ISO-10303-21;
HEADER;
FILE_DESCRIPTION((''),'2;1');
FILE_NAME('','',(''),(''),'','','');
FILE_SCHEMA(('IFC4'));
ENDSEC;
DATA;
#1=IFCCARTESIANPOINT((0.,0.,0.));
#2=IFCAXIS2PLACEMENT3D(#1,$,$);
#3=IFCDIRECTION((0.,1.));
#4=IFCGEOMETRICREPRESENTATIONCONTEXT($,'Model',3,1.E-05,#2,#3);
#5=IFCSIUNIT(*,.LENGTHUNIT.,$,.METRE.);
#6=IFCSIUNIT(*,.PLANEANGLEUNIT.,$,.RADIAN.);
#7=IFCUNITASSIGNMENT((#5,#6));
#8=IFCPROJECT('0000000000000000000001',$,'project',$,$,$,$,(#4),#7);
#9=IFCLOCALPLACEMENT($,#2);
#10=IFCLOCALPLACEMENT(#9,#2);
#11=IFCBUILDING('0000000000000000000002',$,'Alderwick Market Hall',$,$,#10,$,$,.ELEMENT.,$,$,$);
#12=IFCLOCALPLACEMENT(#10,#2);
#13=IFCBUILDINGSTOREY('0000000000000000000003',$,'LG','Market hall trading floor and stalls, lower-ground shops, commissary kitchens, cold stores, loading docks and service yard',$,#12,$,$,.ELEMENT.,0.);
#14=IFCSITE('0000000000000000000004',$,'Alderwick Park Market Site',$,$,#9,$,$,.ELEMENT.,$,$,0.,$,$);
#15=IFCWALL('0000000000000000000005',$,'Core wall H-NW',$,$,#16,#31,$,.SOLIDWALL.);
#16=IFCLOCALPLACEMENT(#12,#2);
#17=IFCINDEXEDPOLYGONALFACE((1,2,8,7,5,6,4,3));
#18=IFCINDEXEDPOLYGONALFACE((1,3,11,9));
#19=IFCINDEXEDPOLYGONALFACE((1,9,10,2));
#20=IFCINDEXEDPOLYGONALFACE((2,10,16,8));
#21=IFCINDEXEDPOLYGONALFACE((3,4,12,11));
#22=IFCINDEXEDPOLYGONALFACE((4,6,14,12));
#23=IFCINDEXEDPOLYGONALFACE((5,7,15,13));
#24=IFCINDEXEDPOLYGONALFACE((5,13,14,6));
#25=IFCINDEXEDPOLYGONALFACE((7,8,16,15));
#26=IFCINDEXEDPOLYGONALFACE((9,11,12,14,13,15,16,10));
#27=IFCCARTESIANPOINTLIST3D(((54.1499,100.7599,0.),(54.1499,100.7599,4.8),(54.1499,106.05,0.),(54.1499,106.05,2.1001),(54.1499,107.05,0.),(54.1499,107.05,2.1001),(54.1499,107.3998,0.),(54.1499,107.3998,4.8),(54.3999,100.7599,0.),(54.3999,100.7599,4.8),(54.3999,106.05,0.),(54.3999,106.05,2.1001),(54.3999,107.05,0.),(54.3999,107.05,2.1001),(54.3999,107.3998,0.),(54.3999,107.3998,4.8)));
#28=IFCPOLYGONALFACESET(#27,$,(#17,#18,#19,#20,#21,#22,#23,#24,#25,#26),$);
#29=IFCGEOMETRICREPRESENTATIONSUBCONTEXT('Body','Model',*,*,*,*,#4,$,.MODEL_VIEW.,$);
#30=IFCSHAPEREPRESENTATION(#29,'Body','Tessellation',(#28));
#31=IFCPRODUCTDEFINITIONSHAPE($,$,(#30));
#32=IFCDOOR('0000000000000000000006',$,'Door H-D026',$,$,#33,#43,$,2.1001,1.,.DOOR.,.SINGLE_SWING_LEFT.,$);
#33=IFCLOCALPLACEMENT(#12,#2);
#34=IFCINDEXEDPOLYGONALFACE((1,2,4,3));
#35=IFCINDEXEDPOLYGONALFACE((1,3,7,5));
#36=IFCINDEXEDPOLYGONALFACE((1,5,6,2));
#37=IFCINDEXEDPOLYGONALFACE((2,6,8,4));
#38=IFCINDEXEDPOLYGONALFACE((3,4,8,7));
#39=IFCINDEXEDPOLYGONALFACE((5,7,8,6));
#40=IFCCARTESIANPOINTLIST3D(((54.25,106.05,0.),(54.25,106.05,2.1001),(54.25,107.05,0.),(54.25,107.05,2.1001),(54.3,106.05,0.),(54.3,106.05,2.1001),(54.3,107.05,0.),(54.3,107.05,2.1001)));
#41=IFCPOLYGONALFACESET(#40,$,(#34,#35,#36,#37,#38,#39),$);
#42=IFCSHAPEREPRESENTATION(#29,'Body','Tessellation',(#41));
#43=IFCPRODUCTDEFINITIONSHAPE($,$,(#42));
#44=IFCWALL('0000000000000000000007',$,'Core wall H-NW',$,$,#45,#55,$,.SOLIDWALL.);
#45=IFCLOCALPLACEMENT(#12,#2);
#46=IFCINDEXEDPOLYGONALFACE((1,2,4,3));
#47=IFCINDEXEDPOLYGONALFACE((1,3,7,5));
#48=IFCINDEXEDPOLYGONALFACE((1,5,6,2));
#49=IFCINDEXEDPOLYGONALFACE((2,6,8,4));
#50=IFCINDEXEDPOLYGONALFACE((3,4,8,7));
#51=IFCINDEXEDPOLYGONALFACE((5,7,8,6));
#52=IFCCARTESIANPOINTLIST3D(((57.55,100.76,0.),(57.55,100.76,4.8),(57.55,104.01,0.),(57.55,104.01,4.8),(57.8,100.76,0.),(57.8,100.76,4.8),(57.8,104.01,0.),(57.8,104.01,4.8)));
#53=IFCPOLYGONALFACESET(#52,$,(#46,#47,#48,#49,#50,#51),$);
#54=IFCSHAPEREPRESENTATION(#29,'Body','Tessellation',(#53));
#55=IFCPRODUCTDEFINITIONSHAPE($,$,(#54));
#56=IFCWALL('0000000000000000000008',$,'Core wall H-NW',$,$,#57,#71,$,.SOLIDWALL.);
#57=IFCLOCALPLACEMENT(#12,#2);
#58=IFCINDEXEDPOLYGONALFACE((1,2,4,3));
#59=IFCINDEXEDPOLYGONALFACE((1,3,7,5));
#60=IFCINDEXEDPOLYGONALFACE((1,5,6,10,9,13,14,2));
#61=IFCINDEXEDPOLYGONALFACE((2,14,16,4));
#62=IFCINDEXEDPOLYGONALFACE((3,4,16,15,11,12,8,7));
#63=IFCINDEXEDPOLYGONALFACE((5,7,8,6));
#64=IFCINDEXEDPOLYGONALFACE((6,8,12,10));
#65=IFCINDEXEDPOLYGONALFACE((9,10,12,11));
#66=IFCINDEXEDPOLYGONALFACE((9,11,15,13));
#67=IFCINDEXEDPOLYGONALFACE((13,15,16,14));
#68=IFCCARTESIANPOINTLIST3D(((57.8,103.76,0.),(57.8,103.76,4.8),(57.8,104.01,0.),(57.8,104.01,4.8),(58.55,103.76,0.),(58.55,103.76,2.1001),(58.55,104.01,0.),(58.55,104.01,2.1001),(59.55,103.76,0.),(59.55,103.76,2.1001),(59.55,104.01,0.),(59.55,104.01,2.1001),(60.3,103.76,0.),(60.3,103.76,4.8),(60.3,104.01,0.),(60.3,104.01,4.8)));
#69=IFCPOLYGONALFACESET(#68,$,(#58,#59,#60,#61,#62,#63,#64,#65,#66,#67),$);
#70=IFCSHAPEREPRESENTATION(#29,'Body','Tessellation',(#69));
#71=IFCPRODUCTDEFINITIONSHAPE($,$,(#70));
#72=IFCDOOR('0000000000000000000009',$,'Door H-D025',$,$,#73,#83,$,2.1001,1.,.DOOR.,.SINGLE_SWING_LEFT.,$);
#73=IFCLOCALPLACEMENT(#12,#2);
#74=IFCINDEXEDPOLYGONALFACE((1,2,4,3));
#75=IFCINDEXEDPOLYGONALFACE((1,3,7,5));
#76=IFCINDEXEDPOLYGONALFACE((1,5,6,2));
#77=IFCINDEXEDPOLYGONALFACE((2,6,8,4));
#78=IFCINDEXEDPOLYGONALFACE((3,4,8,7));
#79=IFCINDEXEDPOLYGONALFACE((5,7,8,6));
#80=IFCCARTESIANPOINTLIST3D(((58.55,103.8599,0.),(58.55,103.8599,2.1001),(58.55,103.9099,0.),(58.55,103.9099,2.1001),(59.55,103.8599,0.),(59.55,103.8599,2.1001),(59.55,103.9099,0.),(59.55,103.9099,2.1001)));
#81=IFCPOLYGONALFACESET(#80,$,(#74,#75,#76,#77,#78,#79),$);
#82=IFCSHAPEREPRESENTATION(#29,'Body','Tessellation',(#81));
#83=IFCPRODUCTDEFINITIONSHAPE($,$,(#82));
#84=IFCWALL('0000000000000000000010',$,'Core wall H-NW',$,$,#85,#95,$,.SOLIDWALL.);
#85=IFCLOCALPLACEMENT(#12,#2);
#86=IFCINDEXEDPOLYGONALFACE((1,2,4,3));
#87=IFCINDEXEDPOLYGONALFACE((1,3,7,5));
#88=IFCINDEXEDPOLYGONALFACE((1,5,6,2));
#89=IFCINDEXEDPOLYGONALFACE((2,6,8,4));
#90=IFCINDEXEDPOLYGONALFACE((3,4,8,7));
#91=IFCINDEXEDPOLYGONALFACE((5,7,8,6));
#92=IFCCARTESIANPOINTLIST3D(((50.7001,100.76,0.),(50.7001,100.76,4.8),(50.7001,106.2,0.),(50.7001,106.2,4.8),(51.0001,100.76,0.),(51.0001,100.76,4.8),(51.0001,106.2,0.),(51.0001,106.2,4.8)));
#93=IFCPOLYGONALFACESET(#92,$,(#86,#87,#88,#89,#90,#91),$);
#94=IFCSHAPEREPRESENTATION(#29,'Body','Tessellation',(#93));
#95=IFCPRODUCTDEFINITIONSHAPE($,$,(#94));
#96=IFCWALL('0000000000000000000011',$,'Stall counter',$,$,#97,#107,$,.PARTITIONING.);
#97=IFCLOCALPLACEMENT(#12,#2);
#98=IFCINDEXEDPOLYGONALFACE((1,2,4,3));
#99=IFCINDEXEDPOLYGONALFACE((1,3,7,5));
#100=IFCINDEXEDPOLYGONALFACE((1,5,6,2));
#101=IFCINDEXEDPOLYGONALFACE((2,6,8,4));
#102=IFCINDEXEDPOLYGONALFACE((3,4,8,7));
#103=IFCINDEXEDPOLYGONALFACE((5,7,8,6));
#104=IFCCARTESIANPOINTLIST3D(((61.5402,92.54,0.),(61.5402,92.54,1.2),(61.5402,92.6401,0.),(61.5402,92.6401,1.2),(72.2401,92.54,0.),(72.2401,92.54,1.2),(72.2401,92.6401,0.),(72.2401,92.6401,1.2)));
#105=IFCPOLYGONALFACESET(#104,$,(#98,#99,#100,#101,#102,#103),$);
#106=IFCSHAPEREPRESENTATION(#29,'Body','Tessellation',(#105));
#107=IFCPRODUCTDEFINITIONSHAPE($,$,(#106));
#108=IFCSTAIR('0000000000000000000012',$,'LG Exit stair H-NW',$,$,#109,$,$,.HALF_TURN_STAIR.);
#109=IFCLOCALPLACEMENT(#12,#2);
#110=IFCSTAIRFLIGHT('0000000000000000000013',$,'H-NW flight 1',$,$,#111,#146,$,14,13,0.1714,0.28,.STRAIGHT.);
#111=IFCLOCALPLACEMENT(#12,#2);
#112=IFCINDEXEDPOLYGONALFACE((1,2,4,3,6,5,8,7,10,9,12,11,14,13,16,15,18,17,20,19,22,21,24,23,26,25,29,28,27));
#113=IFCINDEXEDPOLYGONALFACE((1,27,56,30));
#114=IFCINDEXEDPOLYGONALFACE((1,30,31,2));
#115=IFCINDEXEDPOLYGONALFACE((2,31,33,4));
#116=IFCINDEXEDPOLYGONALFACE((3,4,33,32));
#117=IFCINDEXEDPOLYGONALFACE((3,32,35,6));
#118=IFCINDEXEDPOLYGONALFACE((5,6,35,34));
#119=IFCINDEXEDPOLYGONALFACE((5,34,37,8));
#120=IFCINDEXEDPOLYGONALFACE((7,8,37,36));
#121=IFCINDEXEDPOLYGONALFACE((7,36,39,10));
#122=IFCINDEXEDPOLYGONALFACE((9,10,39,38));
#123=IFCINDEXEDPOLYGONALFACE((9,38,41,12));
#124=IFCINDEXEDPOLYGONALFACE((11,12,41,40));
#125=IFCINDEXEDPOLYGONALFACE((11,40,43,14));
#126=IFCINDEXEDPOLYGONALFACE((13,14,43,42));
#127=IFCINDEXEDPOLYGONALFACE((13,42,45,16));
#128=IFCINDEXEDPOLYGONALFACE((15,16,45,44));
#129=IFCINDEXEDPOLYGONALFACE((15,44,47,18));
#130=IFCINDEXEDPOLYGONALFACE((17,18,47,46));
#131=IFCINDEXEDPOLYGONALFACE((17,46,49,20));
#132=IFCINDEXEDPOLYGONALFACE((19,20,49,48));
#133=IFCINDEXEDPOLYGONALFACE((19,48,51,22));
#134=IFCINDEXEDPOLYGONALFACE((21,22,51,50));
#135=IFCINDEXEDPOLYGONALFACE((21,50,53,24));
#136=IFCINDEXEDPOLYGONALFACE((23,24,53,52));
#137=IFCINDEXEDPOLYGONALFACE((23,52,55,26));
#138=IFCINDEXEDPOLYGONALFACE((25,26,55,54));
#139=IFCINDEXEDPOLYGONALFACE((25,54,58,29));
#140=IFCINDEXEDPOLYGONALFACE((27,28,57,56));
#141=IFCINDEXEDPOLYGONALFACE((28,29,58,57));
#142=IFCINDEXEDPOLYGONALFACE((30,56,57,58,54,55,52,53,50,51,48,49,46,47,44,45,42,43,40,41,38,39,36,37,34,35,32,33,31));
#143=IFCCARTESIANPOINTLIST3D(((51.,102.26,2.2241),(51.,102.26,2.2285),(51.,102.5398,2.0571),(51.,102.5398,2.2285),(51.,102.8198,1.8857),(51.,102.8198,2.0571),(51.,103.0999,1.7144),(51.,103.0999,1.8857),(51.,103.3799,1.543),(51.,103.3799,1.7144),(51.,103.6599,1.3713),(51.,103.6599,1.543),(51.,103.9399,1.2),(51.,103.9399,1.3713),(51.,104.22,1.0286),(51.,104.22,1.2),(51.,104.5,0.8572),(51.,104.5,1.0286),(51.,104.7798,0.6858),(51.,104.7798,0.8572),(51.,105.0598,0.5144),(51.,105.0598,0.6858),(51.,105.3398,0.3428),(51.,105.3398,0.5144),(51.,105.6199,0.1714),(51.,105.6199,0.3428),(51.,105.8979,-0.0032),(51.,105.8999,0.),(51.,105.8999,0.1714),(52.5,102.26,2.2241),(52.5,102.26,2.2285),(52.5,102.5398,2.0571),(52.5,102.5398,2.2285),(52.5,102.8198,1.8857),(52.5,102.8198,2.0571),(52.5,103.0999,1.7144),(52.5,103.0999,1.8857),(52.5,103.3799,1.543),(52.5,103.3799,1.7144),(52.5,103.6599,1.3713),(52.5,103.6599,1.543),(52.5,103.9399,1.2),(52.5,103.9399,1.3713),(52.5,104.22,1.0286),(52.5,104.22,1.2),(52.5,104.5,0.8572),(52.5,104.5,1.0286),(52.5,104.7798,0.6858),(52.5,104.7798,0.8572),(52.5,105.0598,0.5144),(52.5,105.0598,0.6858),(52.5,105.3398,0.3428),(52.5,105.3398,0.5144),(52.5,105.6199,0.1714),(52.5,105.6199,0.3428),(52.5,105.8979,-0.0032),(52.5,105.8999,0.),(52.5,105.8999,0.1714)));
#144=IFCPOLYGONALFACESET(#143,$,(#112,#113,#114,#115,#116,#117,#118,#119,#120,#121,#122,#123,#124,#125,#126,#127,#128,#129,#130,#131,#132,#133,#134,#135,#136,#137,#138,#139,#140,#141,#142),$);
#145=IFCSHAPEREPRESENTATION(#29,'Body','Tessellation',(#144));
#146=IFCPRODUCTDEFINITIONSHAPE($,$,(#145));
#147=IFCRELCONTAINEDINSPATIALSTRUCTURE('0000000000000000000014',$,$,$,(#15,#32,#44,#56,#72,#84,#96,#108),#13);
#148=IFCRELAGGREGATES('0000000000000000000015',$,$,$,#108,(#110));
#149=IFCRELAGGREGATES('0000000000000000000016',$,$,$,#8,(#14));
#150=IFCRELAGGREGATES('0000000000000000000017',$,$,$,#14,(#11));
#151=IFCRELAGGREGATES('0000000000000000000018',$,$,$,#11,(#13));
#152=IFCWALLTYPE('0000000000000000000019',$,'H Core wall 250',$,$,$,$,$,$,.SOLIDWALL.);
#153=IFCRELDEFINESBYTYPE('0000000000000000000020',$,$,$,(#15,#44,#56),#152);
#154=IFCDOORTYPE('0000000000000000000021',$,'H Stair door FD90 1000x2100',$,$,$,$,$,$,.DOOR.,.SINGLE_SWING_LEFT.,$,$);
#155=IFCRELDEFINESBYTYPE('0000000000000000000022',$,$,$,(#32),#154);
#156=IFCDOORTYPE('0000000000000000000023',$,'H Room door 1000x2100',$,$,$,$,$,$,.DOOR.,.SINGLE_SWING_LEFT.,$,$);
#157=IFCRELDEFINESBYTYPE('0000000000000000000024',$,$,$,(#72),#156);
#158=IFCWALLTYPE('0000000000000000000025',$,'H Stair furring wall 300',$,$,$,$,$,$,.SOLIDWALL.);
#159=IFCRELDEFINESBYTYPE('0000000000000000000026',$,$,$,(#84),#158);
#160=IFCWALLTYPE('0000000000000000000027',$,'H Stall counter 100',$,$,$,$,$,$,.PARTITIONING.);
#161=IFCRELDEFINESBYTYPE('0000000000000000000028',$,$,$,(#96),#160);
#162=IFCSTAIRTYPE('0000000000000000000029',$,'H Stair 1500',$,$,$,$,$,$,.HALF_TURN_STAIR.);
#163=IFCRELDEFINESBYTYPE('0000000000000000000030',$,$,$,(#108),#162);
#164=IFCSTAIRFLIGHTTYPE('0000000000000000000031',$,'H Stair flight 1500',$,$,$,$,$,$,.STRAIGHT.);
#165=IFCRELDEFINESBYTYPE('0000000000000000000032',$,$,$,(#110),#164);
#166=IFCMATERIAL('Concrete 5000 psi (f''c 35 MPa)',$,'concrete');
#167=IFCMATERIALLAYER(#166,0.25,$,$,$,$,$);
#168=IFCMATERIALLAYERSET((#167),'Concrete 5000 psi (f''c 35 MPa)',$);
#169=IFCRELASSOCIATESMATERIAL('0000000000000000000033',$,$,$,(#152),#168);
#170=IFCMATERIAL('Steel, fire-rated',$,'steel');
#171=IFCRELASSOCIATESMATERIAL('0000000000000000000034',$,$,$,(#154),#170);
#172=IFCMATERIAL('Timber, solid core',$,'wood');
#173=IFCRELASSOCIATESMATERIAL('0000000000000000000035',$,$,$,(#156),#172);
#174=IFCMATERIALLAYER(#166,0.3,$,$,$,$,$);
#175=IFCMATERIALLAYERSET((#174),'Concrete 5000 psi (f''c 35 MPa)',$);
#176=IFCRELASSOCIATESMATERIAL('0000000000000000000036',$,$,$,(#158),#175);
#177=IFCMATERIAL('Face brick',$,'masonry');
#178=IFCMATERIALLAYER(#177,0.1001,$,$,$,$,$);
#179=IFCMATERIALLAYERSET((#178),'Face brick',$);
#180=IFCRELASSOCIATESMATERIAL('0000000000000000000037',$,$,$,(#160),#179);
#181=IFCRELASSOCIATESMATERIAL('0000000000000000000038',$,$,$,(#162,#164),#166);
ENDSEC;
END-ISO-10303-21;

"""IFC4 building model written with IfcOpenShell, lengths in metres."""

from ifc_helpers import new_model, si_unit, direction, frame, frame_2d, origin, place, context, subcontext, project, spatial, polyline, rectangle, outline, extrude, material, layer, layer_set, type_object, element, fill, aggregate, save


model = new_model("IFC4")

# Units and contexts
model_context = context("Model", 3, precision=1e-05, world=origin(), true_north=direction((0.0, 1.0)))
body_context = subcontext(model_context, "Body", "Model", "MODEL_VIEW")
ifc_project = project(units=[si_unit("LENGTHUNIT", "METRE"), si_unit("PLANEANGLEUNIT", "RADIAN")], contexts=[model_context])

# Site, building, storey
site_placement = place(None, origin())
site = spatial("IfcSite", under=ifc_project, at=site_placement, Name="Alderwick Park Market Site", CompositionType="ELEMENT", RefElevation=0.0)
building_placement = place(site_placement, origin())
building = spatial("IfcBuilding", under=site, at=building_placement, Name="Alderwick Market Hall", CompositionType="ELEMENT")
storey_placement = place(building_placement, origin())
storey = spatial("IfcBuildingStorey", under=building, at=storey_placement, Name="LG", Description="Market hall trading floor and stalls, lower-ground shops, commissary kitchens, cold stores, loading docks and service yard", CompositionType="ELEMENT", Elevation=0.0)

# Shared definitions
ifc_material_1 = material(Name="Concrete 5000 psi (f'c 35 MPa)", Category="concrete")

# Wall, opening, door
ifc_layer_1 = layer(ifc_material_1, 0.25)
ifc_layer_set_1 = layer_set([ifc_layer_1], Name="Concrete 5000 psi (f'c 35 MPa)")
wall_type_1 = type_object("IfcWallType", Name="H Core wall 250", PredefinedType="SOLIDWALL", material=ifc_layer_set_1)
ifc_material_2 = material(Name="Steel, fire-rated", Category="steel")
door_type_1 = type_object("IfcDoorType", Name="H Stair door FD90 1000x2100", OperationType="SINGLE_SWING_LEFT", PredefinedType="DOOR", material=ifc_material_2)
wall_1_placement = place(storey_placement, frame((54.2749, 100.76, 0.0), z_axis=(0.0, 0.0, 1.0), x_axis=(0.0, 1.0, 0.0)))
wall_1 = element("IfcWall", 1, at=wall_1_placement, inside=storey, type_object=wall_type_1, Name="Core wall H-NW", PredefinedType="SOLIDWALL", context=body_context, shape_type="SweptSolid", body=[
    extrude(rectangle(XDim=6.6399, YDim=0.25, at=frame_2d((3.3198, 0.0))), origin(), (0.0, 0.0, 1.0), 4.8),
])
opening_1_placement = place(wall_1_placement, frame((5.29, 0.0, 0.0)))
opening_1 = element("IfcOpeningElement", 2, at=opening_1_placement, cuts=wall_1, PredefinedType="OPENING", context=body_context, shape_type="SweptSolid", body=[
    extrude(rectangle(XDim=1.0, YDim=2.1001, at=frame_2d((0.5, 1.05))), frame((0.0, 0.135, 0.0), z_axis=(0.0, -1.0, 0.0), x_axis=(1.0, 0.0, 0.0)), (0.0, 0.0, 1.0), 0.27),
])
door_1_placement = place(opening_1_placement, origin())
door_1 = element("IfcDoor", 3, at=door_1_placement, inside=storey, type_object=door_type_1, Name="Door H-D026", OperationType="SINGLE_SWING_LEFT", OverallHeight=2.1001, OverallWidth=1.0, PredefinedType="DOOR", context=body_context, shape_type="SweptSolid", body=[
    extrude(rectangle(XDim=1.0, YDim=2.1001, at=frame_2d((0.5, 1.05))), frame((0.0, 0.0249, 0.0), z_axis=(0.0, -1.0, 0.0), x_axis=(1.0, 0.0, 0.0)), (0.0, 0.0, 1.0), 0.05),
])
fill(opening_1, door_1)

# Wall
wall_2_placement = place(storey_placement, frame((57.675, 100.76, 0.0), z_axis=(0.0, 0.0, 1.0), x_axis=(0.0, 1.0, 0.0)))
element("IfcWall", 4, at=wall_2_placement, inside=storey, type_object=wall_type_1, Name="Core wall H-NW", PredefinedType="SOLIDWALL", context=body_context, shape_type="SweptSolid", body=[
    extrude(rectangle(XDim=3.25, YDim=0.25, at=frame_2d((1.625, 0.0))), origin(), (0.0, 0.0, 1.0), 4.8),
])

# Wall, opening, door
wall_3_placement = place(storey_placement, frame((57.8, 103.885, 0.0), z_axis=(0.0, 0.0, 1.0), x_axis=(1.0, 0.0, 0.0)))
wall_3 = element("IfcWall", 5, at=wall_3_placement, inside=storey, type_object=wall_type_1, Name="Core wall H-NW", PredefinedType="SOLIDWALL", context=body_context, shape_type="SweptSolid", body=[
    extrude(rectangle(XDim=2.5, YDim=0.25, at=frame_2d((1.25, 0.0))), origin(), (0.0, 0.0, 1.0), 4.8),
])
opening_2_placement = place(wall_3_placement, frame((0.75, 0.0, 0.0)))
opening_2 = element("IfcOpeningElement", 6, at=opening_2_placement, cuts=wall_3, PredefinedType="OPENING", context=body_context, shape_type="SweptSolid", body=[
    extrude(rectangle(XDim=1.0, YDim=2.1001, at=frame_2d((0.5, 1.05))), frame((0.0, 0.135, 0.0), z_axis=(0.0, -1.0, 0.0), x_axis=(1.0, 0.0, 0.0)), (0.0, 0.0, 1.0), 0.27),
])
ifc_material_3 = material(Name="Timber, solid core", Category="wood")
door_type_2 = type_object("IfcDoorType", Name="H Room door 1000x2100", OperationType="SINGLE_SWING_LEFT", PredefinedType="DOOR", material=ifc_material_3)
door_2_placement = place(opening_2_placement, origin())
door_2 = element("IfcDoor", 7, at=door_2_placement, inside=storey, type_object=door_type_2, Name="Door H-D025", OperationType="SINGLE_SWING_LEFT", OverallHeight=2.1001, OverallWidth=1.0, PredefinedType="DOOR", context=body_context, shape_type="SweptSolid", body=[
    extrude(rectangle(XDim=1.0, YDim=2.1001, at=frame_2d((0.5, 1.05))), frame((0.0, 0.0249, 0.0), z_axis=(0.0, -1.0, 0.0), x_axis=(1.0, 0.0, 0.0)), (0.0, 0.0, 1.0), 0.05),
])
fill(opening_2, door_2)

# Walls
ifc_layer_2 = layer(ifc_material_1, 0.3)
ifc_layer_set_2 = layer_set([ifc_layer_2], Name="Concrete 5000 psi (f'c 35 MPa)")
wall_type_2 = type_object("IfcWallType", Name="H Stair furring wall 300", PredefinedType="SOLIDWALL", material=ifc_layer_set_2)
wall_4_placement = place(storey_placement, frame((50.8501, 100.76, 0.0), z_axis=(0.0, 0.0, 1.0), x_axis=(0.0, 1.0, 0.0)))
element("IfcWall", 8, at=wall_4_placement, inside=storey, type_object=wall_type_2, Name="Core wall H-NW", PredefinedType="SOLIDWALL", context=body_context, shape_type="SweptSolid", body=[
    extrude(rectangle(XDim=5.4399, YDim=0.3, at=frame_2d((2.72, 0.0))), origin(), (0.0, 0.0, 1.0), 4.8),
])
ifc_material_4 = material(Name="Face brick", Category="masonry")
ifc_layer_3 = layer(ifc_material_4, 0.1001)
ifc_layer_set_3 = layer_set([ifc_layer_3], Name="Face brick")
wall_type_3 = type_object("IfcWallType", Name="H Stall counter 100", PredefinedType="PARTITIONING", material=ifc_layer_set_3)
wall_5_placement = place(storey_placement, frame((61.54, 92.5901, 0.0), z_axis=(0.0, 0.0, 1.0), x_axis=(1.0, 0.0, 0.0)))
element("IfcWall", 9, at=wall_5_placement, inside=storey, type_object=wall_type_3, Name="Stall counter", PredefinedType="PARTITIONING", context=body_context, shape_type="SweptSolid", body=[
    extrude(rectangle(XDim=10.7, YDim=0.1001, at=frame_2d((5.3501, 0.0))), origin(), (0.0, 0.0, 1.0), 1.2),
])

# Stair, stair flight
stair_type = type_object("IfcStairType", Name="H Stair 1500", PredefinedType="HALF_TURN_STAIR", material=ifc_material_1)
stair_placement = place(storey_placement, origin())
stair = element("IfcStair", 10, at=stair_placement, inside=storey, type_object=stair_type, Name="LG Exit stair H-NW", PredefinedType="HALF_TURN_STAIR")
stair_flight_type = type_object("IfcStairFlightType", Name="H Stair flight 1500", PredefinedType="STRAIGHT", material=ifc_material_1)
stair_flight_1_placement = place(storey_placement, frame((51.75, 105.8999, 0.0), z_axis=(0.0, 0.0, 1.0), x_axis=(0.0, -1.0, 0.0)))
stair_flight_1 = element("IfcStairFlight", 11, at=stair_flight_1_placement, type_object=stair_flight_type, Name="H-NW flight 1", NumberOfRisers=14, NumberOfTreads=13, PredefinedType="STRAIGHT", RiserHeight=0.1714, TreadLength=0.28, context=body_context, shape_type="SweptSolid", body=[
    extrude(outline(polyline([(0.002, -0.0032), (0.0, 0.0), (0.0, 0.1714), (0.28, 0.1714), (0.28, 0.3428), (0.5601, 0.3428), (0.5601, 0.5144), (0.8401, 0.5144), (0.8401, 0.6858), (1.1201, 0.6858), (1.1201, 0.8572), (1.3999, 0.8572), (1.3999, 1.0286), (1.6799, 1.0286), (1.6799, 1.2), (1.96, 1.2), (1.96, 1.3713), (2.24, 1.3713), (2.24, 1.543), (2.52, 1.543), (2.52, 1.7144), (2.8, 1.7144), (2.8, 1.8857), (3.0801, 1.8857), (3.0801, 2.0571), (3.3601, 2.0571), (3.3601, 2.2285), (3.6399, 2.2285), (3.6399, 2.2241), (0.002, -0.0032)])), frame((0.0, 0.75, 0.0), z_axis=(0.0, -1.0, 0.0), x_axis=(1.0, 0.0, 0.0)), (0.0, 0.0, 1.0), 1.5),
])
aggregate(stair, [stair_flight_1])

save(model, "model.ifc")
